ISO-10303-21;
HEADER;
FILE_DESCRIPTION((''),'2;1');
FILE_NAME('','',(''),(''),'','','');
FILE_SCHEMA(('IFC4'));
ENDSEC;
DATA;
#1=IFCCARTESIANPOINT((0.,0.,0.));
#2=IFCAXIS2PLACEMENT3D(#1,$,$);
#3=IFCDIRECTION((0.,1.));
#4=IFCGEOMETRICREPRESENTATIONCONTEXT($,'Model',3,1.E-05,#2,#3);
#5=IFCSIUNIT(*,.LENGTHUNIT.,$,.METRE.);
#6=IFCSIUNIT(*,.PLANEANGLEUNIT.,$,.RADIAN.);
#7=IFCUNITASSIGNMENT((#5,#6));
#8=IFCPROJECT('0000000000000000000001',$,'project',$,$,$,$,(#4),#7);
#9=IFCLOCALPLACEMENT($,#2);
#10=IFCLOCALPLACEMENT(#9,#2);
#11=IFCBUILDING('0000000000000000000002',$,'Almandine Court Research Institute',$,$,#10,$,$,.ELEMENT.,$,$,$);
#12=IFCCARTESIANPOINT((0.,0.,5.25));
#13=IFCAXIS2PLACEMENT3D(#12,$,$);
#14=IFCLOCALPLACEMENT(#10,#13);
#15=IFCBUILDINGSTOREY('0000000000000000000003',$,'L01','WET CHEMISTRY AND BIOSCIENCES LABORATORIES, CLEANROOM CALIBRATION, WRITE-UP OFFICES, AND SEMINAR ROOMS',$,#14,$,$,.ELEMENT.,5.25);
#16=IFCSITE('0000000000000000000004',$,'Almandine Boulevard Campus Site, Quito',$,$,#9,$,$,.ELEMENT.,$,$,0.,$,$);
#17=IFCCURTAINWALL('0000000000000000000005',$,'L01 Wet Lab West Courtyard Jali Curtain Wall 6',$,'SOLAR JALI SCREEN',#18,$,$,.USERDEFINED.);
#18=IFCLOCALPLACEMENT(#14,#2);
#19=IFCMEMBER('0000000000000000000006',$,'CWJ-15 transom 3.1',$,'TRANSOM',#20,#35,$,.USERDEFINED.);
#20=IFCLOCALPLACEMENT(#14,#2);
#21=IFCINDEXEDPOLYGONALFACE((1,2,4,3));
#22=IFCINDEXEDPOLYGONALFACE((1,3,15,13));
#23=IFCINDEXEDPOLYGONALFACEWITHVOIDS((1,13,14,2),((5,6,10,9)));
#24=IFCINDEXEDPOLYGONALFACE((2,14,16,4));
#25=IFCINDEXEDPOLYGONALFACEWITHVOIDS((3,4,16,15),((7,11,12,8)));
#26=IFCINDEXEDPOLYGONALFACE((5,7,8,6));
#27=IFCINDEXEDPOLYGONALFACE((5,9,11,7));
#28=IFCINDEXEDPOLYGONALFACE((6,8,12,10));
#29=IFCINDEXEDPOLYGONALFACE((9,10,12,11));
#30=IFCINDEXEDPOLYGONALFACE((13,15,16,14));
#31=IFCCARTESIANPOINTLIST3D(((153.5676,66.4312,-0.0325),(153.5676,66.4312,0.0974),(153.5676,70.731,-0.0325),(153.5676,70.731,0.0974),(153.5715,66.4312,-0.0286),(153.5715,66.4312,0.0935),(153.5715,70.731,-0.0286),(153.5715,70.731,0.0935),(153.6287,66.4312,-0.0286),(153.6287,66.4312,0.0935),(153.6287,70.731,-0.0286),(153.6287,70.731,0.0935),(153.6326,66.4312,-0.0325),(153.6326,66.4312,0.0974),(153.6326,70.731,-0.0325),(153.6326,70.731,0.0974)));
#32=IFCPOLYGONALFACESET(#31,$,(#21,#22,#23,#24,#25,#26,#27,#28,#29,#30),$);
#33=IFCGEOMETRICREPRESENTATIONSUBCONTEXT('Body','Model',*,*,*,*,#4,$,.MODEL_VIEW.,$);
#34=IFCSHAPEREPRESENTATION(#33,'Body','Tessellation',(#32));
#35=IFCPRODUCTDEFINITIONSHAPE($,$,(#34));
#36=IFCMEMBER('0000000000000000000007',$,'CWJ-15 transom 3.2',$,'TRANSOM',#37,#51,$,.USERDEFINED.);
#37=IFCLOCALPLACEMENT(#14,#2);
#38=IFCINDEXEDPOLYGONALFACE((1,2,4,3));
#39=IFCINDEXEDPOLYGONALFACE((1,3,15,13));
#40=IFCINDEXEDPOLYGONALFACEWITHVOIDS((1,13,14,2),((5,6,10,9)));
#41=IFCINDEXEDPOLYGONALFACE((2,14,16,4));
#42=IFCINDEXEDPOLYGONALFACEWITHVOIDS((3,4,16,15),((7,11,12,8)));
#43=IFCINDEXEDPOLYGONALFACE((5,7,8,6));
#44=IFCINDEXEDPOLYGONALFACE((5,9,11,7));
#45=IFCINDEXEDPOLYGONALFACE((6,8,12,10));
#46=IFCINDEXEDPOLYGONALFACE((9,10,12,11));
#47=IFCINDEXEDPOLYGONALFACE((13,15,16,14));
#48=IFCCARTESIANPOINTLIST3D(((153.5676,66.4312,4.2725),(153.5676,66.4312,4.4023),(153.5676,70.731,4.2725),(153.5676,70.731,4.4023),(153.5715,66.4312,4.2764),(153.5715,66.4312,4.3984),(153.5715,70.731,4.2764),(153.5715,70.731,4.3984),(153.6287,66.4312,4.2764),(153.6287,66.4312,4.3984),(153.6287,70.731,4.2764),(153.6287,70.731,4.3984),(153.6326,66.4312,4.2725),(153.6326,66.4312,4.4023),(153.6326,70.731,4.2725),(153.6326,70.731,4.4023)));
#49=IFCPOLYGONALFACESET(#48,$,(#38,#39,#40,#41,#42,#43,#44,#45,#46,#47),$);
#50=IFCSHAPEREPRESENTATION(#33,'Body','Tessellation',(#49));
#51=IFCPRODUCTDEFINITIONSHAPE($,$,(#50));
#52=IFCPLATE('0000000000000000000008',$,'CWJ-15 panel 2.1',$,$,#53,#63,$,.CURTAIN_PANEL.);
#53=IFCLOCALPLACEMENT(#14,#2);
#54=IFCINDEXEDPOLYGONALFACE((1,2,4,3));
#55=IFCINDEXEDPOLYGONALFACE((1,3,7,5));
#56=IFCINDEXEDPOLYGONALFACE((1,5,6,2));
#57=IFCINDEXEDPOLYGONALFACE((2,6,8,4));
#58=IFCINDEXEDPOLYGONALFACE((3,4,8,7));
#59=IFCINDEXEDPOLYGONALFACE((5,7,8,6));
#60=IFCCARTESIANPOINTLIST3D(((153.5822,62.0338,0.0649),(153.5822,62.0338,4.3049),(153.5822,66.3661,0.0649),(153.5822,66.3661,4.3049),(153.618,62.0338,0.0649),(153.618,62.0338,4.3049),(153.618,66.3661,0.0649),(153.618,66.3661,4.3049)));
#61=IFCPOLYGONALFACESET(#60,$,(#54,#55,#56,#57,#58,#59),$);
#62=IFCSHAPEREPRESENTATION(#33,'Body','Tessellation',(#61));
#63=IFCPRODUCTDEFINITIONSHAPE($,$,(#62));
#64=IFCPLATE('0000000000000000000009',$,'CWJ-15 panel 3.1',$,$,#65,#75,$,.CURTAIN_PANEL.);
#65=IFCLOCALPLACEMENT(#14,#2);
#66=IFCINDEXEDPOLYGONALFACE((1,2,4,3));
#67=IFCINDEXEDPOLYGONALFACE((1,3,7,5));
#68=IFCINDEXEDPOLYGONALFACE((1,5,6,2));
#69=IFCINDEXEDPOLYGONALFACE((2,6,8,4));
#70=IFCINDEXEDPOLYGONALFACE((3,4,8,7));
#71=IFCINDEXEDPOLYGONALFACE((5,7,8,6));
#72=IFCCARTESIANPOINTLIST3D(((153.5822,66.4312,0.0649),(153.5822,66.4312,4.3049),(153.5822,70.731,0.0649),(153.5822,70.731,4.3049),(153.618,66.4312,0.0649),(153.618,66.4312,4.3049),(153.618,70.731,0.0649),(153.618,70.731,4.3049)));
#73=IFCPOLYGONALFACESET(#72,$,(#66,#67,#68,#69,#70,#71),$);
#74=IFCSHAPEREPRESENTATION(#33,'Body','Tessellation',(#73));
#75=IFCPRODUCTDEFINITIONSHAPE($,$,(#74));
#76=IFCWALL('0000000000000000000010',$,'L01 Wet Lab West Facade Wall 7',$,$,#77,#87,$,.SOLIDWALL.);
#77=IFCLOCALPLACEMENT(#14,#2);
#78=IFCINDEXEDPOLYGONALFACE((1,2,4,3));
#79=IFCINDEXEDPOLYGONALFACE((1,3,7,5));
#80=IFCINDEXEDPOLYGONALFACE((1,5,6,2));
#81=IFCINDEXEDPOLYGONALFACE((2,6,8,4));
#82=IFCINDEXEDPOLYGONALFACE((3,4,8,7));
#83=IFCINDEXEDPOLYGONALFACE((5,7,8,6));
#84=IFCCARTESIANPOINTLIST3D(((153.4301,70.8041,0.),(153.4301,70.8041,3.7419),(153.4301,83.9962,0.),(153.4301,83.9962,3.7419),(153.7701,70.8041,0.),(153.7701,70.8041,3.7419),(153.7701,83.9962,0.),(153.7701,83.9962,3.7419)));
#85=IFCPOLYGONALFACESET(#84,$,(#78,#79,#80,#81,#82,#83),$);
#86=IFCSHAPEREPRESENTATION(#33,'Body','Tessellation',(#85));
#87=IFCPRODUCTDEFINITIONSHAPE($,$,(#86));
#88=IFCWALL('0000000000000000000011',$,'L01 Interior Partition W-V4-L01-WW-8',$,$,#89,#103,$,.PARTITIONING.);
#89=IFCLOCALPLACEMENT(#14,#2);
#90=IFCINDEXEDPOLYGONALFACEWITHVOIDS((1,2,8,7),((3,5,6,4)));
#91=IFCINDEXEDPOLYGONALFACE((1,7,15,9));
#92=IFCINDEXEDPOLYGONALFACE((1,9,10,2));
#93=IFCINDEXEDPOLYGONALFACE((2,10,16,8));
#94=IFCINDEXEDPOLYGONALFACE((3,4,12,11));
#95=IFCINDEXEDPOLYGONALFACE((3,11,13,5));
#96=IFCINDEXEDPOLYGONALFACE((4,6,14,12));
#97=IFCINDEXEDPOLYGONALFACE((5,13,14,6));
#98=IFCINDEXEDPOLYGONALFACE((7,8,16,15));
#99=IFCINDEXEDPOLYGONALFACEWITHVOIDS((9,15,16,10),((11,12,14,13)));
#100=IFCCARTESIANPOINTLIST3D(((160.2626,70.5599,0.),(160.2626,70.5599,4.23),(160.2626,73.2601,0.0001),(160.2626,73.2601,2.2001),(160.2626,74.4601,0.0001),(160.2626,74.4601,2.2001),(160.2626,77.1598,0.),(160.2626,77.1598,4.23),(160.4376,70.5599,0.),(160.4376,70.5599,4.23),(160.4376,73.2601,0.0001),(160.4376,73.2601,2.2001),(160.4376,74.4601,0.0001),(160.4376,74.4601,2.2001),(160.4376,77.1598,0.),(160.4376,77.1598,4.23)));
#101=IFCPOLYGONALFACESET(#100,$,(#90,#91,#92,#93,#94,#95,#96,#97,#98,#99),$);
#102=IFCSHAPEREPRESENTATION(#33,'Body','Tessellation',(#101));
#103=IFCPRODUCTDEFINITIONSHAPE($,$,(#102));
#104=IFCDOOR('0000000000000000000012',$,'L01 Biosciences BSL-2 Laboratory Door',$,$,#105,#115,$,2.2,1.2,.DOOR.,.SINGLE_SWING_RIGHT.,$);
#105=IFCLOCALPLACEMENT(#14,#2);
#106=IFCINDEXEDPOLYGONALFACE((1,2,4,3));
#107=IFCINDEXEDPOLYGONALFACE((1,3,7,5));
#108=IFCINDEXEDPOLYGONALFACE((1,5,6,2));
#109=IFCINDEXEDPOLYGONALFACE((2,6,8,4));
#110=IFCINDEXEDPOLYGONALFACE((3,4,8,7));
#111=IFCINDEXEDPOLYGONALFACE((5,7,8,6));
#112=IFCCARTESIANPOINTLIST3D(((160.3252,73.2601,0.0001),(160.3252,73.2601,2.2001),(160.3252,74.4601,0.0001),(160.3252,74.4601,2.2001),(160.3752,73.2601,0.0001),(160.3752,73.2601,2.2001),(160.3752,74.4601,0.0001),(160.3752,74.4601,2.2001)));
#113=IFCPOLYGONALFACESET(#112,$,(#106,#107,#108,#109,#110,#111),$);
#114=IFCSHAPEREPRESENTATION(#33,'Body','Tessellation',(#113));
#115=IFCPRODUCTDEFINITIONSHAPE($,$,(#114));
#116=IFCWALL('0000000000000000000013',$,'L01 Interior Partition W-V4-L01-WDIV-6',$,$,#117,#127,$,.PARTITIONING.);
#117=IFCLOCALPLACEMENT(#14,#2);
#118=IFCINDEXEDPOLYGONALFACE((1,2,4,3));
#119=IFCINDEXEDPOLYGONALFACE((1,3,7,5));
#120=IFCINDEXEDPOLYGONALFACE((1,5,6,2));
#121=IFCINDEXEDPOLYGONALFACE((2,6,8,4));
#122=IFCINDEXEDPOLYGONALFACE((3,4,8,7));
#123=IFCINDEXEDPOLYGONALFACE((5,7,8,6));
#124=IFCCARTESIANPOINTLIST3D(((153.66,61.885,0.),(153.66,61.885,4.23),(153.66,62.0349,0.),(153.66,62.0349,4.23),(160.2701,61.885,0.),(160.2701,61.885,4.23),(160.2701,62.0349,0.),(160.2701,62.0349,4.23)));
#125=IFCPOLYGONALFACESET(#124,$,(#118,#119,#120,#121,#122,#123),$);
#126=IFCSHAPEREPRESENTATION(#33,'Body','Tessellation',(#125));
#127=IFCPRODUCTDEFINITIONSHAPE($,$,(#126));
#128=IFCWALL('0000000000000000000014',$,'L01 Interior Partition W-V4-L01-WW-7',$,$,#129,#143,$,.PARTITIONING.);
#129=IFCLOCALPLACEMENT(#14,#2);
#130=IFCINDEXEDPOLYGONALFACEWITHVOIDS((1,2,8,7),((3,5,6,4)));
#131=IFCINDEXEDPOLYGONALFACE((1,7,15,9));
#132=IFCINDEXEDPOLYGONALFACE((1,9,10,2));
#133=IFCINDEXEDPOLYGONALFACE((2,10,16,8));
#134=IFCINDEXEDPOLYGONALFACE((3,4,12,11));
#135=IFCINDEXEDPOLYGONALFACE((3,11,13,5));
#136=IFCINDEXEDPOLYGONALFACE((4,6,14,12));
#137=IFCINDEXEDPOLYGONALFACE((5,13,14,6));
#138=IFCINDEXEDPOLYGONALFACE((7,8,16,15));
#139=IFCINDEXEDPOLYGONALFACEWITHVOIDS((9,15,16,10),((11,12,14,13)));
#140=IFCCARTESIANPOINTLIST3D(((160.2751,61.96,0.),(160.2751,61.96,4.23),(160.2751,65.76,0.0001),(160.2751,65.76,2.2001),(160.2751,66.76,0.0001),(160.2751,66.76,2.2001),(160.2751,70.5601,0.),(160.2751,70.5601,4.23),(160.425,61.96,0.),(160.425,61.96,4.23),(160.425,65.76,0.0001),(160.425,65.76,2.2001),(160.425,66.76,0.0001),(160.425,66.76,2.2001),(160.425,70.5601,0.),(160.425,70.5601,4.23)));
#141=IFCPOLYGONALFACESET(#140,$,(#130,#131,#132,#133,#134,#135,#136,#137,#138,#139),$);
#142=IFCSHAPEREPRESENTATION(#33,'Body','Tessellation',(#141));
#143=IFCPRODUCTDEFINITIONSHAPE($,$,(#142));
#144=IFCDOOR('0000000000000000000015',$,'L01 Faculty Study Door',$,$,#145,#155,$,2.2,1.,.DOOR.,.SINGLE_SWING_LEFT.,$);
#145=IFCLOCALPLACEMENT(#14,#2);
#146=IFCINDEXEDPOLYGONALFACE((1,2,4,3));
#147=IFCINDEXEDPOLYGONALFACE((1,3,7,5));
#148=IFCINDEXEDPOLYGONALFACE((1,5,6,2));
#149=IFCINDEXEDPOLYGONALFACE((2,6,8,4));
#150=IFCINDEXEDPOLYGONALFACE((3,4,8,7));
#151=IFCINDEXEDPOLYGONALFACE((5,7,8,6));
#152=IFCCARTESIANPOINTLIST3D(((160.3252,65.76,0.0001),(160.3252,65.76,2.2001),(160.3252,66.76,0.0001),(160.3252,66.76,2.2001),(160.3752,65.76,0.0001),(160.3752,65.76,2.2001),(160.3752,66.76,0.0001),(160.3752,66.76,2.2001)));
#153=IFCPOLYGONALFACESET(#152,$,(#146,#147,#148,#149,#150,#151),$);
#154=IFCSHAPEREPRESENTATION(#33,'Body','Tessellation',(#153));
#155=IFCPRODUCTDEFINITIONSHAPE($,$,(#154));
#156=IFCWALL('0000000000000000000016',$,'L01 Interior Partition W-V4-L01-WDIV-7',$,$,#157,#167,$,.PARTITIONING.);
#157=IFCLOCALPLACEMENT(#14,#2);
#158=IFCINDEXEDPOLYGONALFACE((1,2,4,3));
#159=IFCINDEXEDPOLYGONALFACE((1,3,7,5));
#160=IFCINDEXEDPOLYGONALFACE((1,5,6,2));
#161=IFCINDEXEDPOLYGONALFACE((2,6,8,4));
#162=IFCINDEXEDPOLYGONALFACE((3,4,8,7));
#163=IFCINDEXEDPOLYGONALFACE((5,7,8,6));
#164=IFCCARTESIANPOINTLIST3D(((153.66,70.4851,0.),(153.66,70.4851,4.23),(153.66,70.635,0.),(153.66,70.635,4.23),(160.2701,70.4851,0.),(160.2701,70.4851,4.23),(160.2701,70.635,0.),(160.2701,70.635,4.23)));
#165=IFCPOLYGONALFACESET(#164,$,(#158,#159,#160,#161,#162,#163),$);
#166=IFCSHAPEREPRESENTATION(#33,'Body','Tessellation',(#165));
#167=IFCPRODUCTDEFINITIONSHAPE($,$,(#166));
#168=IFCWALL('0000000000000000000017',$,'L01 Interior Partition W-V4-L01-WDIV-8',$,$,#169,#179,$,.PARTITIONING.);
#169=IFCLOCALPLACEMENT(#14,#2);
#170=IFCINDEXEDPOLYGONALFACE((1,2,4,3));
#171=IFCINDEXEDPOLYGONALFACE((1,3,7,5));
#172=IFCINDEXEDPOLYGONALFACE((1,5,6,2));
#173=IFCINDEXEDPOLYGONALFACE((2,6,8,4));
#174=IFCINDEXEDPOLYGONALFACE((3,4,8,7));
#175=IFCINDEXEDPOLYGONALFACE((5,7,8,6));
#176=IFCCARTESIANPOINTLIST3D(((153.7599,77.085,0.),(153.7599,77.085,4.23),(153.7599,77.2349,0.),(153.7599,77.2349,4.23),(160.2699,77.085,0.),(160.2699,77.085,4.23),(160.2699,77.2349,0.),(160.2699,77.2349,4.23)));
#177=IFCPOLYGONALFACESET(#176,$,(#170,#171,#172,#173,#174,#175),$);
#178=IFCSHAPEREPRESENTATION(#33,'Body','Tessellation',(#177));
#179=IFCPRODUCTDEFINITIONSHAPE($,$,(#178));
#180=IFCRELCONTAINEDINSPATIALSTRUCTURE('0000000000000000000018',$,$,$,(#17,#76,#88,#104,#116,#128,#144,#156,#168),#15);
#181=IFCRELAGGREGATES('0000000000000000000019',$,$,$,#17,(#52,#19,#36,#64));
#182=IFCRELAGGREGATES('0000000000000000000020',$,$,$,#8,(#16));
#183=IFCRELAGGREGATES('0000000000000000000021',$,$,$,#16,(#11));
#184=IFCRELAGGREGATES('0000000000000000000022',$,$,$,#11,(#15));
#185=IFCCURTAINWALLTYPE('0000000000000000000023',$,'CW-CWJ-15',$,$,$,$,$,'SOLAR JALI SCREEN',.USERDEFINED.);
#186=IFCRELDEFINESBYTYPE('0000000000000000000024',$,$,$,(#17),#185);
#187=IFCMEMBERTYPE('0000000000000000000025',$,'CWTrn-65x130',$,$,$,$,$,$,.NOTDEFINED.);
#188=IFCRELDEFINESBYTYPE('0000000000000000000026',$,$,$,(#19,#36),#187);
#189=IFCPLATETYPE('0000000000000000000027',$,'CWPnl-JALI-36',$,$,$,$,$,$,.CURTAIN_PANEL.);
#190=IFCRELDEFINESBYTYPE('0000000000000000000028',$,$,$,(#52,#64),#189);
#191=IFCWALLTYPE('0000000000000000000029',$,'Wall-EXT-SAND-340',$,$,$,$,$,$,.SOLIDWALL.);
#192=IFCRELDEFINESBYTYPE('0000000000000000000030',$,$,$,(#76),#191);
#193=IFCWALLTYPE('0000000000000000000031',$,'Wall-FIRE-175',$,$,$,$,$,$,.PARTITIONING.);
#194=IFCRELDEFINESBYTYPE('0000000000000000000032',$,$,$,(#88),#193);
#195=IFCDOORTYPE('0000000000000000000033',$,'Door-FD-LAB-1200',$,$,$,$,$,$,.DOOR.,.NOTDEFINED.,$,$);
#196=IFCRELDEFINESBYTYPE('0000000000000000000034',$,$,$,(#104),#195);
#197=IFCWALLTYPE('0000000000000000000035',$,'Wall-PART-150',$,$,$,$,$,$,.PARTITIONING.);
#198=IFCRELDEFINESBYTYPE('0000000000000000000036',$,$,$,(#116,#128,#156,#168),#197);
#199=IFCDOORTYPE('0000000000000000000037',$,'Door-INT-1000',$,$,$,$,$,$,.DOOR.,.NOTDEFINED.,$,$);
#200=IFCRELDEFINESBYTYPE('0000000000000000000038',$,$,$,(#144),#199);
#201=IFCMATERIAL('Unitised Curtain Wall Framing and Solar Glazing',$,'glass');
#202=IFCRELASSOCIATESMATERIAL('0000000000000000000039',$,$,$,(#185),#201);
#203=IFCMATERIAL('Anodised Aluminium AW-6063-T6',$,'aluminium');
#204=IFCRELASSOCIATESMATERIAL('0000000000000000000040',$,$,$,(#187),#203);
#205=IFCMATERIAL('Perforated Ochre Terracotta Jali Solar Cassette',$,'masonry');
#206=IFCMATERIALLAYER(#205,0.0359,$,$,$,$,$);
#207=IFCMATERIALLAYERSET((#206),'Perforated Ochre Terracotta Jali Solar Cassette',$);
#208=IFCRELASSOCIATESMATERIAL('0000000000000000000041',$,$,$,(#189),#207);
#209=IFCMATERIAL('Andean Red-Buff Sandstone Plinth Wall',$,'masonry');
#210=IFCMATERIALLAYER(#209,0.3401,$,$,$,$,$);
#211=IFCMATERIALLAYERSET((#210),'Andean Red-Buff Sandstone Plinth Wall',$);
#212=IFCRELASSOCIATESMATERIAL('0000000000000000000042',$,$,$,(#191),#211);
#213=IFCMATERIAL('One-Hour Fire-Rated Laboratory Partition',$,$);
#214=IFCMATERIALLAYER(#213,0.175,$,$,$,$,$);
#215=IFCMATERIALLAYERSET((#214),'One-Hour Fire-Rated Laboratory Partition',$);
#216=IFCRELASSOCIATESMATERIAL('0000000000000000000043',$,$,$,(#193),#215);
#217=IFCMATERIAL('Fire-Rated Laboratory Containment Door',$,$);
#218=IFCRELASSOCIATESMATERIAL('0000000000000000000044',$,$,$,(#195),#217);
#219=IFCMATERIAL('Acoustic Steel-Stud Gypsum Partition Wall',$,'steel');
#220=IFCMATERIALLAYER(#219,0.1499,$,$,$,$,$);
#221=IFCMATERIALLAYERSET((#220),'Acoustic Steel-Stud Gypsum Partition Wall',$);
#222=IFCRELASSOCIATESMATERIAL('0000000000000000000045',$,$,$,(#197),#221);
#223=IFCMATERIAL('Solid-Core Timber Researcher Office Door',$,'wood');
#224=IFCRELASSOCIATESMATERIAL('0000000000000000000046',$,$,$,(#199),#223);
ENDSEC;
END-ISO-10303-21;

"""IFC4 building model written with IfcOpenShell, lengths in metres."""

from ifc_helpers import new_model, si_unit, direction, frame, frame_2d, origin, origin_2d, place, context, subcontext, project, spatial, rectangle, hollow_rectangle, extrude, material, layer, layer_set, material_profile, profile_set, type_object, element, fill, aggregate, save


model = new_model("IFC4")

# Units and contexts
model_context = context("Model", 3, precision=1e-05, world=origin(), true_north=direction((0.0, 1.0)))
body_context = subcontext(model_context, "Body", "Model", "MODEL_VIEW")
ifc_project = project(units=[si_unit("LENGTHUNIT", "METRE"), si_unit("PLANEANGLEUNIT", "RADIAN")], contexts=[model_context])

# Site, building, storey
site_placement = place(None, origin())
site = spatial("IfcSite", under=ifc_project, at=site_placement, Name="Almandine Boulevard Campus Site, Quito", CompositionType="ELEMENT", RefElevation=0.0)
building_placement = place(site_placement, origin())
building = spatial("IfcBuilding", under=site, at=building_placement, Name="Almandine Court Research Institute", CompositionType="ELEMENT")
storey_placement = place(building_placement, frame((0.0, 0.0, 5.25)))
storey = spatial("IfcBuildingStorey", under=building, at=storey_placement, Name="L01", Description="WET CHEMISTRY AND BIOSCIENCES LABORATORIES, CLEANROOM CALIBRATION, WRITE-UP OFFICES, AND SEMINAR ROOMS", CompositionType="ELEMENT", Elevation=5.25)

# Curtain wall, members, plates
ifc_material_1 = material(Name="Unitised Curtain Wall Framing and Solar Glazing", Category="glass")
curtain_wall_type = type_object("IfcCurtainWallType", Name="CW-CWJ-15", ElementType="SOLAR JALI SCREEN", PredefinedType="USERDEFINED", material=ifc_material_1)
curtain_wall_placement = place(storey_placement, origin())
curtain_wall = element("IfcCurtainWall", 1, at=curtain_wall_placement, inside=storey, type_object=curtain_wall_type, Name="L01 Wet Lab West Courtyard Jali Curtain Wall 6", ObjectType="SOLAR JALI SCREEN", PredefinedType="USERDEFINED")
ifc_material_2 = material(Name="Anodised Aluminium AW-6063-T6", Category="aluminium")
ifc_material_profile_1 = material_profile(ifc_material_2, hollow_rectangle(XDim=0.0649, YDim=0.1299, WallThickness=0.0039, at=origin_2d()), Name="ALU RHS 65x130x4")
ifc_profile_set_1 = profile_set([ifc_material_profile_1], Name="Anodised Aluminium AW-6063-T6")
member_type_1 = type_object("IfcMemberType", Name="CWTrn-65x130", PredefinedType="NOTDEFINED", material=ifc_profile_set_1)
member_1_placement = place(storey_placement, frame((153.6001, 66.4312, 0.0325), z_axis=(0.0, 1.0, 0.0), x_axis=(-1.0, 0.0, 0.0)))
member_1 = element("IfcMember", 2, at=member_1_placement, type_object=member_type_1, Name="CWJ-15 transom 3.1", ObjectType="TRANSOM", PredefinedType="USERDEFINED", context=body_context, shape_type="SweptSolid", body=[
    extrude(hollow_rectangle(XDim=0.0649, YDim=0.1299, WallThickness=0.0039, at=origin_2d()), origin(), (0.0, 0.0, 1.0), 4.2998),
])
member_2_placement = place(storey_placement, frame((153.6001, 66.4312, 4.3374), z_axis=(0.0, 1.0, 0.0), x_axis=(-1.0, 0.0, 0.0)))
member_2 = element("IfcMember", 3, at=member_2_placement, type_object=member_type_1, Name="CWJ-15 transom 3.2", ObjectType="TRANSOM", PredefinedType="USERDEFINED", context=body_context, shape_type="SweptSolid", body=[
    extrude(hollow_rectangle(XDim=0.0649, YDim=0.1299, WallThickness=0.0039, at=origin_2d()), origin(), (0.0, 0.0, 1.0), 4.2998),
])
ifc_material_3 = material(Name="Perforated Ochre Terracotta Jali Solar Cassette", Category="masonry")
ifc_layer_1 = layer(ifc_material_3, 0.0359)
ifc_layer_set_1 = layer_set([ifc_layer_1], Name="Perforated Ochre Terracotta Jali Solar Cassette")
plate_type = type_object("IfcPlateType", Name="CWPnl-JALI-36", PredefinedType="CURTAIN_PANEL", material=ifc_layer_set_1)
plate_1_placement = place(storey_placement, frame((153.6001, 64.2, 0.0649), z_axis=(0.0, 0.0, 1.0), x_axis=(0.0, 1.0, 0.0)))
plate_1 = element("IfcPlate", 4, at=plate_1_placement, type_object=plate_type, Name="CWJ-15 panel 2.1", PredefinedType="CURTAIN_PANEL", context=body_context, shape_type="SweptSolid", body=[
    extrude(rectangle(XDim=4.3323, YDim=0.0359, at=origin_2d()), origin(), (0.0, 0.0, 1.0), 4.24),
])
plate_2_placement = place(storey_placement, frame((153.6001, 68.5811, 0.0649), z_axis=(0.0, 0.0, 1.0), x_axis=(0.0, 1.0, 0.0)))
plate_2 = element("IfcPlate", 5, at=plate_2_placement, type_object=plate_type, Name="CWJ-15 panel 3.1", PredefinedType="CURTAIN_PANEL", context=body_context, shape_type="SweptSolid", body=[
    extrude(rectangle(XDim=4.2998, YDim=0.0359, at=origin_2d()), origin(), (0.0, 0.0, 1.0), 4.24),
])
aggregate(curtain_wall, [plate_1, member_1, member_2, plate_2])

# Wall
ifc_material_4 = material(Name="Andean Red-Buff Sandstone Plinth Wall", Category="masonry")
ifc_layer_2 = layer(ifc_material_4, 0.3401)
ifc_layer_set_2 = layer_set([ifc_layer_2], Name="Andean Red-Buff Sandstone Plinth Wall")
wall_type_1 = type_object("IfcWallType", Name="Wall-EXT-SAND-340", PredefinedType="SOLIDWALL", material=ifc_layer_set_2)
wall_1_placement = place(storey_placement, frame((153.6001, 70.804, 0.0), z_axis=(0.0, 0.0, 1.0), x_axis=(0.0, 1.0, 0.0)))
element("IfcWall", 6, at=wall_1_placement, inside=storey, type_object=wall_type_1, Name="L01 Wet Lab West Facade Wall 7", PredefinedType="SOLIDWALL", context=body_context, shape_type="SweptSolid", body=[
    extrude(rectangle(XDim=13.1921, YDim=0.3401, at=frame_2d((6.5962, 0.0))), origin(), (0.0, 0.0, 1.0), 3.7419),
])

# Wall, opening, door
ifc_material_5 = material(Name="One-Hour Fire-Rated Laboratory Partition")
ifc_layer_3 = layer(ifc_material_5, 0.175)
ifc_layer_set_3 = layer_set([ifc_layer_3], Name="One-Hour Fire-Rated Laboratory Partition")
wall_type_2 = type_object("IfcWallType", Name="Wall-FIRE-175", PredefinedType="PARTITIONING", material=ifc_layer_set_3)
wall_2_placement = place(storey_placement, frame((160.3501, 70.5601, 0.0), z_axis=(0.0, 0.0, 1.0), x_axis=(0.0, 1.0, 0.0)))
wall_2 = element("IfcWall", 7, at=wall_2_placement, inside=storey, type_object=wall_type_2, Name="L01 Interior Partition W-V4-L01-WW-8", PredefinedType="PARTITIONING", context=body_context, shape_type="SweptSolid", body=[
    extrude(rectangle(XDim=6.5999, YDim=0.175, at=frame_2d((3.2998, 0.0))), origin(), (0.0, 0.0, 1.0), 4.23),
])
opening_1_placement = place(wall_2_placement, frame((2.7, 0.0, 0.0)))
opening_1 = element("IfcOpeningElement", 8, at=opening_1_placement, cuts=wall_2, PredefinedType="OPENING", context=body_context, shape_type="SweptSolid", body=[
    extrude(rectangle(XDim=1.2, YDim=2.2, at=frame_2d((0.6001, 1.1001))), frame((0.0, 0.0974, 0.0), z_axis=(0.0, -1.0, 0.0), x_axis=(1.0, 0.0, 0.0)), (0.0, 0.0, 1.0), 0.1951),
])
ifc_material_6 = material(Name="Fire-Rated Laboratory Containment Door")
door_type_1 = type_object("IfcDoorType", Name="Door-FD-LAB-1200", OperationType="NOTDEFINED", PredefinedType="DOOR", material=ifc_material_6)
door_1_placement = place(opening_1_placement, origin())
door_1 = element("IfcDoor", 9, at=door_1_placement, inside=storey, type_object=door_type_1, Name="L01 Biosciences BSL-2 Laboratory Door", OperationType="SINGLE_SWING_RIGHT", OverallHeight=2.2, OverallWidth=1.2, PredefinedType="DOOR", context=body_context, shape_type="SweptSolid", body=[
    extrude(rectangle(XDim=1.2, YDim=2.2, at=frame_2d((0.6001, 1.1001))), frame((0.0, 0.0249, 0.0), z_axis=(0.0, -1.0, 0.0), x_axis=(1.0, 0.0, 0.0)), (0.0, 0.0, 1.0), 0.05),
])
fill(opening_1, door_1)

# Wall
ifc_material_7 = material(Name="Acoustic Steel-Stud Gypsum Partition Wall", Category="steel")
ifc_layer_4 = layer(ifc_material_7, 0.1499)
ifc_layer_set_4 = layer_set([ifc_layer_4], Name="Acoustic Steel-Stud Gypsum Partition Wall")
wall_type_3 = type_object("IfcWallType", Name="Wall-PART-150", PredefinedType="PARTITIONING", material=ifc_layer_set_4)
wall_3_placement = place(storey_placement, frame((153.6599, 61.96, 0.0), z_axis=(0.0, 0.0, 1.0), x_axis=(1.0, 0.0, 0.0)))
element("IfcWall", 10, at=wall_3_placement, inside=storey, type_object=wall_type_3, Name="L01 Interior Partition W-V4-L01-WDIV-6", PredefinedType="PARTITIONING", context=body_context, shape_type="SweptSolid", body=[
    extrude(rectangle(XDim=6.6101, YDim=0.1499, at=frame_2d((3.3052, 0.0))), origin(), (0.0, 0.0, 1.0), 4.23),
])

# Wall, opening, door
wall_4_placement = place(storey_placement, frame((160.3501, 61.96, 0.0), z_axis=(0.0, 0.0, 1.0), x_axis=(0.0, 1.0, 0.0)))
wall_4 = element("IfcWall", 11, at=wall_4_placement, inside=storey, type_object=wall_type_3, Name="L01 Interior Partition W-V4-L01-WW-7", PredefinedType="PARTITIONING", context=body_context, shape_type="SweptSolid", body=[
    extrude(rectangle(XDim=8.6001, YDim=0.1499, at=frame_2d((4.3, 0.0))), origin(), (0.0, 0.0, 1.0), 4.23),
])
opening_2_placement = place(wall_4_placement, frame((3.8, 0.0, 0.0)))
opening_2 = element("IfcOpeningElement", 12, at=opening_2_placement, cuts=wall_4, PredefinedType="OPENING", context=body_context, shape_type="SweptSolid", body=[
    extrude(rectangle(XDim=1.0, YDim=2.2, at=frame_2d((0.5, 1.1001))), frame((0.0, 0.085, 0.0), z_axis=(0.0, -1.0, 0.0), x_axis=(1.0, 0.0, 0.0)), (0.0, 0.0, 1.0), 0.1699),
])
ifc_material_8 = material(Name="Solid-Core Timber Researcher Office Door", Category="wood")
door_type_2 = type_object("IfcDoorType", Name="Door-INT-1000", OperationType="NOTDEFINED", PredefinedType="DOOR", material=ifc_material_8)
door_2_placement = place(opening_2_placement, origin())
door_2 = element("IfcDoor", 13, at=door_2_placement, inside=storey, type_object=door_type_2, Name="L01 Faculty Study Door", OperationType="SINGLE_SWING_LEFT", OverallHeight=2.2, OverallWidth=1.0, PredefinedType="DOOR", context=body_context, shape_type="SweptSolid", body=[
    extrude(rectangle(XDim=1.0, YDim=2.2, at=frame_2d((0.5, 1.1001))), frame((0.0, 0.0249, 0.0), z_axis=(0.0, -1.0, 0.0), x_axis=(1.0, 0.0, 0.0)), (0.0, 0.0, 1.0), 0.05),
])
fill(opening_2, door_2)

# Walls
wall_5_placement = place(storey_placement, frame((153.6599, 70.5601, 0.0), z_axis=(0.0, 0.0, 1.0), x_axis=(1.0, 0.0, 0.0)))
element("IfcWall", 14, at=wall_5_placement, inside=storey, type_object=wall_type_3, Name="L01 Interior Partition W-V4-L01-WDIV-7", PredefinedType="PARTITIONING", context=body_context, shape_type="SweptSolid", body=[
    extrude(rectangle(XDim=6.6101, YDim=0.1499, at=frame_2d((3.3052, 0.0))), origin(), (0.0, 0.0, 1.0), 4.23),
])
wall_6_placement = place(storey_placement, frame((153.76, 77.1599, 0.0), z_axis=(0.0, 0.0, 1.0), x_axis=(1.0, 0.0, 0.0)))
element("IfcWall", 15, at=wall_6_placement, inside=storey, type_object=wall_type_3, Name="L01 Interior Partition W-V4-L01-WDIV-8", PredefinedType="PARTITIONING", context=body_context, shape_type="SweptSolid", body=[
    extrude(rectangle(XDim=6.51, YDim=0.1499, at=frame_2d((3.2549, 0.0))), origin(), (0.0, 0.0, 1.0), 4.23),
])

save(model, "model.ifc")
